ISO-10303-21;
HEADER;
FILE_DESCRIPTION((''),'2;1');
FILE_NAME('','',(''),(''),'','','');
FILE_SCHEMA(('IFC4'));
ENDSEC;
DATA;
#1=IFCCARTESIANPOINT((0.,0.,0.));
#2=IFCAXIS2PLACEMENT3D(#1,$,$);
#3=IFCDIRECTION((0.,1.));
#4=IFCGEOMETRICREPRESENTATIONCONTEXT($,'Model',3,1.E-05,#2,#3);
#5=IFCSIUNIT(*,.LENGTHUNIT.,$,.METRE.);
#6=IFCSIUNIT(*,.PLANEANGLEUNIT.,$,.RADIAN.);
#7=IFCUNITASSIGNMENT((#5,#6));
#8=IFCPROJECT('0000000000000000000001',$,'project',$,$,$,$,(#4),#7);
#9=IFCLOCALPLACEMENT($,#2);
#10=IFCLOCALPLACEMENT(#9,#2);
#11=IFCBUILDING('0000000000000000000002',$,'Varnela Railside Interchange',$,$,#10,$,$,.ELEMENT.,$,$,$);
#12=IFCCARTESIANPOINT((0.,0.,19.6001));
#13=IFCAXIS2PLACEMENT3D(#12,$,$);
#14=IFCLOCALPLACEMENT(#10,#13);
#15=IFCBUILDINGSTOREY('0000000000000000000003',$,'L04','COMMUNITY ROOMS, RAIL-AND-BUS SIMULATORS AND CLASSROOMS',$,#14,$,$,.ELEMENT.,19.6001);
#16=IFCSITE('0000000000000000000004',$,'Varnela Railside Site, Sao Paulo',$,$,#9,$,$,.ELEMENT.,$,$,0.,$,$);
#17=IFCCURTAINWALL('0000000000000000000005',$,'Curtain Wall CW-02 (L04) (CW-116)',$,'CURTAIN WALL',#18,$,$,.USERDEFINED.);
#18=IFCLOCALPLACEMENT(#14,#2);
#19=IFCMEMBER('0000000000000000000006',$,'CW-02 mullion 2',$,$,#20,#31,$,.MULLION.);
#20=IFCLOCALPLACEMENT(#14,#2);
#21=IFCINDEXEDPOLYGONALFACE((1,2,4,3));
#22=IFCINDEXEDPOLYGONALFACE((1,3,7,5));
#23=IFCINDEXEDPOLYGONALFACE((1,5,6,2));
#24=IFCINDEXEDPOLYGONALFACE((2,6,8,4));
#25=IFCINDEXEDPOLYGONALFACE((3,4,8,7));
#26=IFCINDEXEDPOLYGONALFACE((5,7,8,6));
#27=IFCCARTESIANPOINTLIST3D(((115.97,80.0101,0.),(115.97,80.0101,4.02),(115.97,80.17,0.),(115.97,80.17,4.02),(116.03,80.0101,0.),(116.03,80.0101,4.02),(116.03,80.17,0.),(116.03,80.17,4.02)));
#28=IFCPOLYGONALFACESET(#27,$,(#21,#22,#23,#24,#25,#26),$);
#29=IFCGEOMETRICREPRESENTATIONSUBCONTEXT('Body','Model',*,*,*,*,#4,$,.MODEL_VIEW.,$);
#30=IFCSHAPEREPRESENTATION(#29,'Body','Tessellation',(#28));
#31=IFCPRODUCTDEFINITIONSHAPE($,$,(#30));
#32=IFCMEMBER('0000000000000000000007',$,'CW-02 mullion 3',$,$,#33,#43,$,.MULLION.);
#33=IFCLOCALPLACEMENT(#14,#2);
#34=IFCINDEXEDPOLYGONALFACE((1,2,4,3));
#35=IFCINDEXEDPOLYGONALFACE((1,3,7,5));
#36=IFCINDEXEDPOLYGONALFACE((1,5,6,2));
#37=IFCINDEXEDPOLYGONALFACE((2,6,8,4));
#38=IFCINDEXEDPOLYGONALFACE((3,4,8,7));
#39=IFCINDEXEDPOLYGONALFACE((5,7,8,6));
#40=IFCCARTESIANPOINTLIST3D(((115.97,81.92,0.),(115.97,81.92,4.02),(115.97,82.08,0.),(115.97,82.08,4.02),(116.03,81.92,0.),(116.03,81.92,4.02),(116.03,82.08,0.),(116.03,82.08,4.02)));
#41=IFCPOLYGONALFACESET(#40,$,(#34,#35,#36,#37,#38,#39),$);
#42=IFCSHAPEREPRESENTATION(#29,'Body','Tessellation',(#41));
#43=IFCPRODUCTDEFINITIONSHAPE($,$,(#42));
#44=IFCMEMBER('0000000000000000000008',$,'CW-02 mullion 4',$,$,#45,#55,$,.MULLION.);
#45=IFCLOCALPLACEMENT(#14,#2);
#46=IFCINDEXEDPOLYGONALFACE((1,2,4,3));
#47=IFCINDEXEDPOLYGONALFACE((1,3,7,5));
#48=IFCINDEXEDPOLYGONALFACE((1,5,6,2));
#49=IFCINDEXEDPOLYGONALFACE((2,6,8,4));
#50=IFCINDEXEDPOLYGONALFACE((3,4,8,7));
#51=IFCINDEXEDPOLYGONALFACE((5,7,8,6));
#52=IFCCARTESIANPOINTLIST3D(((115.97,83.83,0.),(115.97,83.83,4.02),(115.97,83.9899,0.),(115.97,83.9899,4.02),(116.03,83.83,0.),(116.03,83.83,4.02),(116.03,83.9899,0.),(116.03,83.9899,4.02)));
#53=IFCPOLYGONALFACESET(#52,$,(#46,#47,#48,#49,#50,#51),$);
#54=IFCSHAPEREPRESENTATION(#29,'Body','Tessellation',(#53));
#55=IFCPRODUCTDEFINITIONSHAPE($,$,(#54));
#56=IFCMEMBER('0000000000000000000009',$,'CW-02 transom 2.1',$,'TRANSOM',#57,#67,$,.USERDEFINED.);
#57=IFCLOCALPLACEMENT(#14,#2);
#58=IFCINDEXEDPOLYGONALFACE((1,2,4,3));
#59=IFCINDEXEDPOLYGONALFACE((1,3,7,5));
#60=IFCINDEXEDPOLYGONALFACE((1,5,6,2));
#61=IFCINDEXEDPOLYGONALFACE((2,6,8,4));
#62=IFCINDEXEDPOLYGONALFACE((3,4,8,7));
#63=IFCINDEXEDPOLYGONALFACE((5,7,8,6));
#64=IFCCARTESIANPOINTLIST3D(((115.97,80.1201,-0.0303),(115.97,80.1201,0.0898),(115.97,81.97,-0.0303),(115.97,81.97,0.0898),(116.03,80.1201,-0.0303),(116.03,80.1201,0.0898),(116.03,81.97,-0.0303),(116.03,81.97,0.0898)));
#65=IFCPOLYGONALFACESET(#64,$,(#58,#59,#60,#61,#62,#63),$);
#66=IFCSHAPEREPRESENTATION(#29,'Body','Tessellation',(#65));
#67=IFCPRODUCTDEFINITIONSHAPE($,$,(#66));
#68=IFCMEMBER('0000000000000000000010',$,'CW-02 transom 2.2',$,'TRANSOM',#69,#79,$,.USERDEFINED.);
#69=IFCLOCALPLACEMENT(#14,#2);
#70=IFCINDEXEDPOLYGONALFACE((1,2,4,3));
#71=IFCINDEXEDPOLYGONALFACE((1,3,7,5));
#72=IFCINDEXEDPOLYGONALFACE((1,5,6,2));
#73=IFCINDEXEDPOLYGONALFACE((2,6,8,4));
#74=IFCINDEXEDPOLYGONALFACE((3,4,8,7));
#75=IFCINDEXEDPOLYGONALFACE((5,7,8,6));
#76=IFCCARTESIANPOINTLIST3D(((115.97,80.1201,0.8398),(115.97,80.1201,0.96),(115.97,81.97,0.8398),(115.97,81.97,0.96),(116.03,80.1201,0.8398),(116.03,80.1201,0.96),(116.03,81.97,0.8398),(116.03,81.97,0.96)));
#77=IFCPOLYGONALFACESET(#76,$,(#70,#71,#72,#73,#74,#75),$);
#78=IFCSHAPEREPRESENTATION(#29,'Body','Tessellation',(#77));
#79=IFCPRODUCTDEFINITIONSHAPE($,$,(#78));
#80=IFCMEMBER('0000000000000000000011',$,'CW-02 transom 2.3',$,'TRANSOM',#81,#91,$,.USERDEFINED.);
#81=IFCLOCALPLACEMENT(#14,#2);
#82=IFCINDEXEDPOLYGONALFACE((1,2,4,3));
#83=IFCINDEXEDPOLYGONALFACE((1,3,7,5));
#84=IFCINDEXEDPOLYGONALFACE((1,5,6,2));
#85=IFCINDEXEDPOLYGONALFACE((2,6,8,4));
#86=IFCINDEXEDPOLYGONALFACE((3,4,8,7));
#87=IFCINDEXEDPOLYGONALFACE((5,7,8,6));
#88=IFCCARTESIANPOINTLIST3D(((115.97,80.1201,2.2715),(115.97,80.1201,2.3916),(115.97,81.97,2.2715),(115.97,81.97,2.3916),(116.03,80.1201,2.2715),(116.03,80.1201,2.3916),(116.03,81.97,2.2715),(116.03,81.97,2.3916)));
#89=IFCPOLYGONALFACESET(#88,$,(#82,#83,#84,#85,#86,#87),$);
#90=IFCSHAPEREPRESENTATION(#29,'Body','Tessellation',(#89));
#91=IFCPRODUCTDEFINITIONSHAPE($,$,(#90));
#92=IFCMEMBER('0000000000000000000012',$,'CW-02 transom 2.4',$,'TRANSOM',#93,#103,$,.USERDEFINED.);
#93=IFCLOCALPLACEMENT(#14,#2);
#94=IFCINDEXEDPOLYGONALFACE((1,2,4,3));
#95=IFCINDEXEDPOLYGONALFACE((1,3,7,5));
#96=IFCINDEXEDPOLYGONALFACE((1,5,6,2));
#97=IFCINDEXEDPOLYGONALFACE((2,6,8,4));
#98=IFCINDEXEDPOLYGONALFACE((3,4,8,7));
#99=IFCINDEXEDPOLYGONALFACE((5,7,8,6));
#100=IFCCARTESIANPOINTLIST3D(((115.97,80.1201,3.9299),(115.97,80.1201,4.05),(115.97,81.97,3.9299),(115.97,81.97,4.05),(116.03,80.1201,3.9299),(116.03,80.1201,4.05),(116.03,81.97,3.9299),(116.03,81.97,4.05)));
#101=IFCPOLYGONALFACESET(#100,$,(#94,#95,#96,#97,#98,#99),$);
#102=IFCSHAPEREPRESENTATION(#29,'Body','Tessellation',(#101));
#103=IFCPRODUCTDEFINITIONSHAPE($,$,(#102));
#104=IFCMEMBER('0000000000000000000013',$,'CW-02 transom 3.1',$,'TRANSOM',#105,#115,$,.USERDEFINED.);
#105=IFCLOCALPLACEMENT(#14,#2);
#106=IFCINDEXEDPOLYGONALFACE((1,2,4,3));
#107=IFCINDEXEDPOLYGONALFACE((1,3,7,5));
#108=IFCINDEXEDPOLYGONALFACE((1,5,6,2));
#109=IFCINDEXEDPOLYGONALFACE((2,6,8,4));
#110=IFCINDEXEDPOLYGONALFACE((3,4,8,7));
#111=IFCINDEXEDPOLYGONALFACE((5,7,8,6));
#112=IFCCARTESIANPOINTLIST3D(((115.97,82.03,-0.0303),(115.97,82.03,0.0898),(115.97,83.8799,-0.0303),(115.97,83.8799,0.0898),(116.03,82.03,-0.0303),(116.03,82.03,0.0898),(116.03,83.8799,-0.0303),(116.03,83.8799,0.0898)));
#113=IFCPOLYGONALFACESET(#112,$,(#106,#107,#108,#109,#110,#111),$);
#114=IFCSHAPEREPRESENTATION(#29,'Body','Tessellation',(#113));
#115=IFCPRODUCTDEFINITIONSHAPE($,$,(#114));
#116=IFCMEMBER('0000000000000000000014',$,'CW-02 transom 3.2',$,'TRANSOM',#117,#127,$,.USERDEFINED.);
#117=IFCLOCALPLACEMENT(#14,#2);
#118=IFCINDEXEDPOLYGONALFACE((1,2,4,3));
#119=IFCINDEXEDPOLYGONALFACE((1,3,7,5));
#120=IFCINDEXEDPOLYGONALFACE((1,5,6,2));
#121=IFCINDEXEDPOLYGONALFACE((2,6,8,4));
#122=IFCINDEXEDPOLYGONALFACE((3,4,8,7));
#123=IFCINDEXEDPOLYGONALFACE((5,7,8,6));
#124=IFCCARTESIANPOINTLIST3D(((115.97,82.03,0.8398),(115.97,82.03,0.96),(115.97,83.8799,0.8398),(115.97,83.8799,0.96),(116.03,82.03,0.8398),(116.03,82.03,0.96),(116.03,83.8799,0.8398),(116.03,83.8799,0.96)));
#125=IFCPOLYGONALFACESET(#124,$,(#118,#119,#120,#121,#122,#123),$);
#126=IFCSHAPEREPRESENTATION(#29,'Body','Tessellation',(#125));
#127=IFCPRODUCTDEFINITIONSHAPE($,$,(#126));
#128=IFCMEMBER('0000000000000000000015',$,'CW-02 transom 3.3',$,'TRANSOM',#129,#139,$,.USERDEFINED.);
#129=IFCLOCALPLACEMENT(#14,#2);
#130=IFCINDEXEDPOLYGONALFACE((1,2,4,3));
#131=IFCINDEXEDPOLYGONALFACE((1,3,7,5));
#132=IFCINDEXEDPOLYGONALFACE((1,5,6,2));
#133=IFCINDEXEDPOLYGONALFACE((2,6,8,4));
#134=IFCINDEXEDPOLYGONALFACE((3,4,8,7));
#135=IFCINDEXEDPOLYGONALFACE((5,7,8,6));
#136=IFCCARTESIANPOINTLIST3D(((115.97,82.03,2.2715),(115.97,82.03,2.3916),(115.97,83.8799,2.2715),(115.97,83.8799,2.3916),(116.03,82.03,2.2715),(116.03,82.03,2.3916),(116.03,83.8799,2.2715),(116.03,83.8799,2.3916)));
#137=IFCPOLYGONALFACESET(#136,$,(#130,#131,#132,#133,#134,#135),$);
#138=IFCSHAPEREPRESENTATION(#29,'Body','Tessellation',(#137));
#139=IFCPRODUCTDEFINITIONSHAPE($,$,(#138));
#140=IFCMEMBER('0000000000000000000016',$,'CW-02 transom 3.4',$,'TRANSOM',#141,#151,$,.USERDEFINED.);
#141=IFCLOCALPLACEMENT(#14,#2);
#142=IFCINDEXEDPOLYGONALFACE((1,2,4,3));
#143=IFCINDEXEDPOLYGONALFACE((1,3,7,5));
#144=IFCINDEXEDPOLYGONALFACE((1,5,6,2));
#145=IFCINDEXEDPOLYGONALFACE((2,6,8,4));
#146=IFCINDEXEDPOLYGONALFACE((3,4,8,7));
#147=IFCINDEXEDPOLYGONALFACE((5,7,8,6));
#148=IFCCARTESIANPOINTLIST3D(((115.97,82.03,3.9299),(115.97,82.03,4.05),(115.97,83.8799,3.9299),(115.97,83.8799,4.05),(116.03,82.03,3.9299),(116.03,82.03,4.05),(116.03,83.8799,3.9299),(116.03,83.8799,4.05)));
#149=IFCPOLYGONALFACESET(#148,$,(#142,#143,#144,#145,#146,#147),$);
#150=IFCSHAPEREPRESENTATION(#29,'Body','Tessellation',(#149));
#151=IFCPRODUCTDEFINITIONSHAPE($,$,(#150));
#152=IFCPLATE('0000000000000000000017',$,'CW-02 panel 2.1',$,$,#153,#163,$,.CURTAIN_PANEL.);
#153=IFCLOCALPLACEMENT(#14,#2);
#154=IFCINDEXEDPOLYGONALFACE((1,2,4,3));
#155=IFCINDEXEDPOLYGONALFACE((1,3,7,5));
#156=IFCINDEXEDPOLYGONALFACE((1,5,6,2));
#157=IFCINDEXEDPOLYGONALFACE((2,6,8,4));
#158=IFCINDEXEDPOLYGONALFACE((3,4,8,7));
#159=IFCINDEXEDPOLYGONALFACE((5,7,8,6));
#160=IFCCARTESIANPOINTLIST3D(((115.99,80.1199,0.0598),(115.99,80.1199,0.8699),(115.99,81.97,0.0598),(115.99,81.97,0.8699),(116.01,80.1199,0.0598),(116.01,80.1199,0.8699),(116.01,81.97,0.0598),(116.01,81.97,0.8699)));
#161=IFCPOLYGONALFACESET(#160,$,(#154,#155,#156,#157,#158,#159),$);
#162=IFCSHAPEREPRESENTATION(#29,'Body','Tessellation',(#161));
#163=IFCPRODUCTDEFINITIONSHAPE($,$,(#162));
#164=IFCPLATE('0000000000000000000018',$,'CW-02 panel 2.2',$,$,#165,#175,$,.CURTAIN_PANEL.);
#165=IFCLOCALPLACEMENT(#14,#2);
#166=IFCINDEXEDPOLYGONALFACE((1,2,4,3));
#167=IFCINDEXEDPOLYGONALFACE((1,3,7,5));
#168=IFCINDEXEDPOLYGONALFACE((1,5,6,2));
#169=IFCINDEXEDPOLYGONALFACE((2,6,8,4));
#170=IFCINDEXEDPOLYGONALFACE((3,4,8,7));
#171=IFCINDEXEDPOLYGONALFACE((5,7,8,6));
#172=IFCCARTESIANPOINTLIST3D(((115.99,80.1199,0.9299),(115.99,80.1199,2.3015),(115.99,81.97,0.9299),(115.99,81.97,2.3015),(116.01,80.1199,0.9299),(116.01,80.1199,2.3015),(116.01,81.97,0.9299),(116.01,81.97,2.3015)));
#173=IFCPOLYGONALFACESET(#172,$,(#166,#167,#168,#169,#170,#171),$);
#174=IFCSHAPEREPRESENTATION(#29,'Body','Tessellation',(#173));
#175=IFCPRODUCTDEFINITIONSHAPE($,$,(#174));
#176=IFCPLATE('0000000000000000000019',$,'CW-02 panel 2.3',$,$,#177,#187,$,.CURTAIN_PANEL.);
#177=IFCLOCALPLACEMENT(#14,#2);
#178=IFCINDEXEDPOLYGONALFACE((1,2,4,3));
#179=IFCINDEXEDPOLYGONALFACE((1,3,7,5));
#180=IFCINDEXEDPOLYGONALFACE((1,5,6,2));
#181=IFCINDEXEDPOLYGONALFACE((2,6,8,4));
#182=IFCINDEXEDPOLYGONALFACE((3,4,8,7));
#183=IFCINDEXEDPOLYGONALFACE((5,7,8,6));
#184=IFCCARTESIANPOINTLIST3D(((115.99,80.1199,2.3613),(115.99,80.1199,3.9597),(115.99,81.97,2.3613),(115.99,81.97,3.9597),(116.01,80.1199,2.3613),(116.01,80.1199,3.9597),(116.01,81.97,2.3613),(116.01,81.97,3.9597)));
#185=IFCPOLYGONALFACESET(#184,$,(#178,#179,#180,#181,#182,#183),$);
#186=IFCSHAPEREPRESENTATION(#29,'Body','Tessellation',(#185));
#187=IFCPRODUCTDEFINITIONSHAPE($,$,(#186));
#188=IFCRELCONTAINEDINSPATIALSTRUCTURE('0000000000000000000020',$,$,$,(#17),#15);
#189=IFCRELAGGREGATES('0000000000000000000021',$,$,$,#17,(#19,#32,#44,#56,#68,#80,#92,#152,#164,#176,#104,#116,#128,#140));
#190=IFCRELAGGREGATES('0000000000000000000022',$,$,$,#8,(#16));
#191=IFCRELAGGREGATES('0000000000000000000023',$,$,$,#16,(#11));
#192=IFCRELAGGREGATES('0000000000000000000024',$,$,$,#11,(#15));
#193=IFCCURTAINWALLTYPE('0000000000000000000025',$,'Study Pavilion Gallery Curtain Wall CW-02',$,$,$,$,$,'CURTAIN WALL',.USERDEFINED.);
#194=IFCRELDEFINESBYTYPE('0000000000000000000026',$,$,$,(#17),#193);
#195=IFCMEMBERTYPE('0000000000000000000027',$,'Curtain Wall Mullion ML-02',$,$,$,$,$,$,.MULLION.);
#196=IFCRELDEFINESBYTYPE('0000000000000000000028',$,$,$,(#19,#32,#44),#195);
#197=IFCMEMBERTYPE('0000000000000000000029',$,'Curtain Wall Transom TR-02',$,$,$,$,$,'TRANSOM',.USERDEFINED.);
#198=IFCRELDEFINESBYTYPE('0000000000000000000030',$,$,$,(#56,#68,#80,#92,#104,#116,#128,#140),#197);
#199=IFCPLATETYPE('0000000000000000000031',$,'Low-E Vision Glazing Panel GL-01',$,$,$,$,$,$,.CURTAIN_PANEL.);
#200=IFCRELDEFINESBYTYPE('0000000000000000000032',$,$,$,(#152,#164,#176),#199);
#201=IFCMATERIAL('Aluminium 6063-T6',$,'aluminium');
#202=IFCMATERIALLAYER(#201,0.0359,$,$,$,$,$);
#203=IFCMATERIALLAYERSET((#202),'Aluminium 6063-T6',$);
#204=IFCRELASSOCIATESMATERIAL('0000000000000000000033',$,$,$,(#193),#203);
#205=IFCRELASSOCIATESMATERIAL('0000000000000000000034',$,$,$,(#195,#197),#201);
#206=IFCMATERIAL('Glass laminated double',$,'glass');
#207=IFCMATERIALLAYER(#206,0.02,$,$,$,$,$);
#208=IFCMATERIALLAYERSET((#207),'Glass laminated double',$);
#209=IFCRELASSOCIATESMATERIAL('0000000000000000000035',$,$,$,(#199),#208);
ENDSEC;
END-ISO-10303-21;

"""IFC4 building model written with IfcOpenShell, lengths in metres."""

from ifc_helpers import new_model, si_unit, direction, frame, origin, origin_2d, place, context, subcontext, project, spatial, rectangle, extrude, material, layer, layer_set, material_profile, profile_set, type_object, element, aggregate, save


model = new_model("IFC4")

# Units and contexts
model_context = context("Model", 3, precision=1e-05, world=origin(), true_north=direction((0.0, 1.0)))
body_context = subcontext(model_context, "Body", "Model", "MODEL_VIEW")
ifc_project = project(units=[si_unit("LENGTHUNIT", "METRE"), si_unit("PLANEANGLEUNIT", "RADIAN")], contexts=[model_context])

# Site, building, storey
site_placement = place(None, origin())
site = spatial("IfcSite", under=ifc_project, at=site_placement, Name="Varnela Railside Site, Sao Paulo", CompositionType="ELEMENT", RefElevation=0.0)
building_placement = place(site_placement, origin())
building = spatial("IfcBuilding", under=site, at=building_placement, Name="Varnela Railside Interchange", CompositionType="ELEMENT")
storey_placement = place(building_placement, frame((0.0, 0.0, 19.6001)))
storey = spatial("IfcBuildingStorey", under=building, at=storey_placement, Name="L04", Description="COMMUNITY ROOMS, RAIL-AND-BUS SIMULATORS AND CLASSROOMS", CompositionType="ELEMENT", Elevation=19.6001)

# Curtain wall, members, plates
ifc_material_1 = material(Name="Aluminium 6063-T6", Category="aluminium")
ifc_layer_1 = layer(ifc_material_1, 0.0359)
ifc_layer_set_1 = layer_set([ifc_layer_1], Name="Aluminium 6063-T6")
curtain_wall_type = type_object("IfcCurtainWallType", Name="Study Pavilion Gallery Curtain Wall CW-02", ElementType="CURTAIN WALL", PredefinedType="USERDEFINED", material=ifc_layer_set_1)
curtain_wall_placement = place(storey_placement, origin())
curtain_wall = element("IfcCurtainWall", 1, at=curtain_wall_placement, inside=storey, type_object=curtain_wall_type, Name="Curtain Wall CW-02 (L04) (CW-116)", ObjectType="CURTAIN WALL", PredefinedType="USERDEFINED")
ifc_material_profile_1 = material_profile(ifc_material_1, rectangle(XDim=0.0601, YDim=0.1599, at=origin_2d()), Name="ALU 60x160")
ifc_profile_set_1 = profile_set([ifc_material_profile_1], Name="Aluminium 6063-T6")
member_type_1 = type_object("IfcMemberType", Name="Curtain Wall Mullion ML-02", PredefinedType="MULLION", material=ifc_profile_set_1)
member_1_placement = place(storey_placement, frame((116.0, 80.0901, 0.0), z_axis=(0.0, 0.0, 1.0), x_axis=(-1.0, 0.0, 0.0)))
member_1 = element("IfcMember", 2, at=member_1_placement, type_object=member_type_1, Name="CW-02 mullion 2", PredefinedType="MULLION", context=body_context, shape_type="SweptSolid", body=[
    extrude(rectangle(XDim=0.0601, YDim=0.1599, at=origin_2d()), origin(), (0.0, 0.0, 1.0), 4.02),
])
member_2_placement = place(storey_placement, frame((116.0, 82.0, 0.0), z_axis=(0.0, 0.0, 1.0), x_axis=(-1.0, 0.0, 0.0)))
member_2 = element("IfcMember", 3, at=member_2_placement, type_object=member_type_1, Name="CW-02 mullion 3", PredefinedType="MULLION", context=body_context, shape_type="SweptSolid", body=[
    extrude(rectangle(XDim=0.0601, YDim=0.1599, at=origin_2d()), origin(), (0.0, 0.0, 1.0), 4.02),
])
member_3_placement = place(storey_placement, frame((116.0, 83.9099, 0.0), z_axis=(0.0, 0.0, 1.0), x_axis=(-1.0, 0.0, 0.0)))
member_3 = element("IfcMember", 4, at=member_3_placement, type_object=member_type_1, Name="CW-02 mullion 4", PredefinedType="MULLION", context=body_context, shape_type="SweptSolid", body=[
    extrude(rectangle(XDim=0.0601, YDim=0.1599, at=origin_2d()), origin(), (0.0, 0.0, 1.0), 4.02),
])
ifc_material_profile_2 = material_profile(ifc_material_1, rectangle(XDim=0.0601, YDim=0.1201, at=origin_2d()), Name="ALU 60x120")
ifc_profile_set_2 = profile_set([ifc_material_profile_2], Name="Aluminium 6063-T6")
member_type_2 = type_object("IfcMemberType", Name="Curtain Wall Transom TR-02", ElementType="TRANSOM", PredefinedType="USERDEFINED", material=ifc_profile_set_2)
member_4_placement = place(storey_placement, frame((116.0, 80.1201, 0.0298), z_axis=(0.0, 1.0, 0.0), x_axis=(-1.0, 0.0, 0.0)))
member_4 = element("IfcMember", 5, at=member_4_placement, type_object=member_type_2, Name="CW-02 transom 2.1", ObjectType="TRANSOM", PredefinedType="USERDEFINED", context=body_context, shape_type="SweptSolid", body=[
    extrude(rectangle(XDim=0.0601, YDim=0.1201, at=origin_2d()), origin(), (0.0, 0.0, 1.0), 1.8499),
])
member_5_placement = place(storey_placement, frame((116.0, 80.1201, 0.8999), z_axis=(0.0, 1.0, 0.0), x_axis=(-1.0, 0.0, 0.0)))
member_5 = element("IfcMember", 6, at=member_5_placement, type_object=member_type_2, Name="CW-02 transom 2.2", ObjectType="TRANSOM", PredefinedType="USERDEFINED", context=body_context, shape_type="SweptSolid", body=[
    extrude(rectangle(XDim=0.0601, YDim=0.1201, at=origin_2d()), origin(), (0.0, 0.0, 1.0), 1.8499),
])
member_6_placement = place(storey_placement, frame((116.0, 80.1201, 2.3315), z_axis=(0.0, 1.0, 0.0), x_axis=(-1.0, 0.0, 0.0)))
member_6 = element("IfcMember", 7, at=member_6_placement, type_object=member_type_2, Name="CW-02 transom 2.3", ObjectType="TRANSOM", PredefinedType="USERDEFINED", context=body_context, shape_type="SweptSolid", body=[
    extrude(rectangle(XDim=0.0601, YDim=0.1201, at=origin_2d()), origin(), (0.0, 0.0, 1.0), 1.8499),
])
member_7_placement = place(storey_placement, frame((116.0, 80.1201, 3.99), z_axis=(0.0, 1.0, 0.0), x_axis=(-1.0, 0.0, 0.0)))
member_7 = element("IfcMember", 8, at=member_7_placement, type_object=member_type_2, Name="CW-02 transom 2.4", ObjectType="TRANSOM", PredefinedType="USERDEFINED", context=body_context, shape_type="SweptSolid", body=[
    extrude(rectangle(XDim=0.0601, YDim=0.1201, at=origin_2d()), origin(), (0.0, 0.0, 1.0), 1.8499),
])
member_8_placement = place(storey_placement, frame((116.0, 82.03, 0.0298), z_axis=(0.0, 1.0, 0.0), x_axis=(-1.0, 0.0, 0.0)))
member_8 = element("IfcMember", 9, at=member_8_placement, type_object=member_type_2, Name="CW-02 transom 3.1", ObjectType="TRANSOM", PredefinedType="USERDEFINED", context=body_context, shape_type="SweptSolid", body=[
    extrude(rectangle(XDim=0.0601, YDim=0.1201, at=origin_2d()), origin(), (0.0, 0.0, 1.0), 1.8499),
])
member_9_placement = place(storey_placement, frame((116.0, 82.03, 0.8999), z_axis=(0.0, 1.0, 0.0), x_axis=(-1.0, 0.0, 0.0)))
member_9 = element("IfcMember", 10, at=member_9_placement, type_object=member_type_2, Name="CW-02 transom 3.2", ObjectType="TRANSOM", PredefinedType="USERDEFINED", context=body_context, shape_type="SweptSolid", body=[
    extrude(rectangle(XDim=0.0601, YDim=0.1201, at=origin_2d()), origin(), (0.0, 0.0, 1.0), 1.8499),
])
member_10_placement = place(storey_placement, frame((116.0, 82.03, 2.3315), z_axis=(0.0, 1.0, 0.0), x_axis=(-1.0, 0.0, 0.0)))
member_10 = element("IfcMember", 11, at=member_10_placement, type_object=member_type_2, Name="CW-02 transom 3.3", ObjectType="TRANSOM", PredefinedType="USERDEFINED", context=body_context, shape_type="SweptSolid", body=[
    extrude(rectangle(XDim=0.0601, YDim=0.1201, at=origin_2d()), origin(), (0.0, 0.0, 1.0), 1.8499),
])
member_11_placement = place(storey_placement, frame((116.0, 82.03, 3.99), z_axis=(0.0, 1.0, 0.0), x_axis=(-1.0, 0.0, 0.0)))
member_11 = element("IfcMember", 12, at=member_11_placement, type_object=member_type_2, Name="CW-02 transom 3.4", ObjectType="TRANSOM", PredefinedType="USERDEFINED", context=body_context, shape_type="SweptSolid", body=[
    extrude(rectangle(XDim=0.0601, YDim=0.1201, at=origin_2d()), origin(), (0.0, 0.0, 1.0), 1.8499),
])
ifc_material_2 = material(Name="Glass laminated double", Category="glass")
ifc_layer_2 = layer(ifc_material_2, 0.02)
ifc_layer_set_2 = layer_set([ifc_layer_2], Name="Glass laminated double")
plate_type = type_object("IfcPlateType", Name="Low-E Vision Glazing Panel GL-01", PredefinedType="CURTAIN_PANEL", material=ifc_layer_set_2)
plate_1_placement = place(storey_placement, frame((116.0, 81.0449, 0.0598), z_axis=(0.0, 0.0, 1.0), x_axis=(0.0, 1.0, 0.0)))
plate_1 = element("IfcPlate", 13, at=plate_1_placement, type_object=plate_type, Name="CW-02 panel 2.1", PredefinedType="CURTAIN_PANEL", context=body_context, shape_type="SweptSolid", body=[
    extrude(rectangle(XDim=1.8501, YDim=0.02, at=origin_2d()), origin(), (0.0, 0.0, 1.0), 0.8101),
])
plate_2_placement = place(storey_placement, frame((116.0, 81.0449, 0.9299), z_axis=(0.0, 0.0, 1.0), x_axis=(0.0, 1.0, 0.0)))
plate_2 = element("IfcPlate", 14, at=plate_2_placement, type_object=plate_type, Name="CW-02 panel 2.2", PredefinedType="CURTAIN_PANEL", context=body_context, shape_type="SweptSolid", body=[
    extrude(rectangle(XDim=1.8501, YDim=0.02, at=origin_2d()), origin(), (0.0, 0.0, 1.0), 1.3716),
])
plate_3_placement = place(storey_placement, frame((116.0, 81.0449, 2.3613), z_axis=(0.0, 0.0, 1.0), x_axis=(0.0, 1.0, 0.0)))
plate_3 = element("IfcPlate", 15, at=plate_3_placement, type_object=plate_type, Name="CW-02 panel 2.3", PredefinedType="CURTAIN_PANEL", context=body_context, shape_type="SweptSolid", body=[
    extrude(rectangle(XDim=1.8501, YDim=0.02, at=origin_2d()), origin(), (0.0, 0.0, 1.0), 1.5984),
])
aggregate(curtain_wall, [member_1, member_2, member_3, member_4, member_5, member_6, member_7, plate_1, plate_2, plate_3, member_8, member_9, member_10, member_11])

save(model, "model.ifc")
